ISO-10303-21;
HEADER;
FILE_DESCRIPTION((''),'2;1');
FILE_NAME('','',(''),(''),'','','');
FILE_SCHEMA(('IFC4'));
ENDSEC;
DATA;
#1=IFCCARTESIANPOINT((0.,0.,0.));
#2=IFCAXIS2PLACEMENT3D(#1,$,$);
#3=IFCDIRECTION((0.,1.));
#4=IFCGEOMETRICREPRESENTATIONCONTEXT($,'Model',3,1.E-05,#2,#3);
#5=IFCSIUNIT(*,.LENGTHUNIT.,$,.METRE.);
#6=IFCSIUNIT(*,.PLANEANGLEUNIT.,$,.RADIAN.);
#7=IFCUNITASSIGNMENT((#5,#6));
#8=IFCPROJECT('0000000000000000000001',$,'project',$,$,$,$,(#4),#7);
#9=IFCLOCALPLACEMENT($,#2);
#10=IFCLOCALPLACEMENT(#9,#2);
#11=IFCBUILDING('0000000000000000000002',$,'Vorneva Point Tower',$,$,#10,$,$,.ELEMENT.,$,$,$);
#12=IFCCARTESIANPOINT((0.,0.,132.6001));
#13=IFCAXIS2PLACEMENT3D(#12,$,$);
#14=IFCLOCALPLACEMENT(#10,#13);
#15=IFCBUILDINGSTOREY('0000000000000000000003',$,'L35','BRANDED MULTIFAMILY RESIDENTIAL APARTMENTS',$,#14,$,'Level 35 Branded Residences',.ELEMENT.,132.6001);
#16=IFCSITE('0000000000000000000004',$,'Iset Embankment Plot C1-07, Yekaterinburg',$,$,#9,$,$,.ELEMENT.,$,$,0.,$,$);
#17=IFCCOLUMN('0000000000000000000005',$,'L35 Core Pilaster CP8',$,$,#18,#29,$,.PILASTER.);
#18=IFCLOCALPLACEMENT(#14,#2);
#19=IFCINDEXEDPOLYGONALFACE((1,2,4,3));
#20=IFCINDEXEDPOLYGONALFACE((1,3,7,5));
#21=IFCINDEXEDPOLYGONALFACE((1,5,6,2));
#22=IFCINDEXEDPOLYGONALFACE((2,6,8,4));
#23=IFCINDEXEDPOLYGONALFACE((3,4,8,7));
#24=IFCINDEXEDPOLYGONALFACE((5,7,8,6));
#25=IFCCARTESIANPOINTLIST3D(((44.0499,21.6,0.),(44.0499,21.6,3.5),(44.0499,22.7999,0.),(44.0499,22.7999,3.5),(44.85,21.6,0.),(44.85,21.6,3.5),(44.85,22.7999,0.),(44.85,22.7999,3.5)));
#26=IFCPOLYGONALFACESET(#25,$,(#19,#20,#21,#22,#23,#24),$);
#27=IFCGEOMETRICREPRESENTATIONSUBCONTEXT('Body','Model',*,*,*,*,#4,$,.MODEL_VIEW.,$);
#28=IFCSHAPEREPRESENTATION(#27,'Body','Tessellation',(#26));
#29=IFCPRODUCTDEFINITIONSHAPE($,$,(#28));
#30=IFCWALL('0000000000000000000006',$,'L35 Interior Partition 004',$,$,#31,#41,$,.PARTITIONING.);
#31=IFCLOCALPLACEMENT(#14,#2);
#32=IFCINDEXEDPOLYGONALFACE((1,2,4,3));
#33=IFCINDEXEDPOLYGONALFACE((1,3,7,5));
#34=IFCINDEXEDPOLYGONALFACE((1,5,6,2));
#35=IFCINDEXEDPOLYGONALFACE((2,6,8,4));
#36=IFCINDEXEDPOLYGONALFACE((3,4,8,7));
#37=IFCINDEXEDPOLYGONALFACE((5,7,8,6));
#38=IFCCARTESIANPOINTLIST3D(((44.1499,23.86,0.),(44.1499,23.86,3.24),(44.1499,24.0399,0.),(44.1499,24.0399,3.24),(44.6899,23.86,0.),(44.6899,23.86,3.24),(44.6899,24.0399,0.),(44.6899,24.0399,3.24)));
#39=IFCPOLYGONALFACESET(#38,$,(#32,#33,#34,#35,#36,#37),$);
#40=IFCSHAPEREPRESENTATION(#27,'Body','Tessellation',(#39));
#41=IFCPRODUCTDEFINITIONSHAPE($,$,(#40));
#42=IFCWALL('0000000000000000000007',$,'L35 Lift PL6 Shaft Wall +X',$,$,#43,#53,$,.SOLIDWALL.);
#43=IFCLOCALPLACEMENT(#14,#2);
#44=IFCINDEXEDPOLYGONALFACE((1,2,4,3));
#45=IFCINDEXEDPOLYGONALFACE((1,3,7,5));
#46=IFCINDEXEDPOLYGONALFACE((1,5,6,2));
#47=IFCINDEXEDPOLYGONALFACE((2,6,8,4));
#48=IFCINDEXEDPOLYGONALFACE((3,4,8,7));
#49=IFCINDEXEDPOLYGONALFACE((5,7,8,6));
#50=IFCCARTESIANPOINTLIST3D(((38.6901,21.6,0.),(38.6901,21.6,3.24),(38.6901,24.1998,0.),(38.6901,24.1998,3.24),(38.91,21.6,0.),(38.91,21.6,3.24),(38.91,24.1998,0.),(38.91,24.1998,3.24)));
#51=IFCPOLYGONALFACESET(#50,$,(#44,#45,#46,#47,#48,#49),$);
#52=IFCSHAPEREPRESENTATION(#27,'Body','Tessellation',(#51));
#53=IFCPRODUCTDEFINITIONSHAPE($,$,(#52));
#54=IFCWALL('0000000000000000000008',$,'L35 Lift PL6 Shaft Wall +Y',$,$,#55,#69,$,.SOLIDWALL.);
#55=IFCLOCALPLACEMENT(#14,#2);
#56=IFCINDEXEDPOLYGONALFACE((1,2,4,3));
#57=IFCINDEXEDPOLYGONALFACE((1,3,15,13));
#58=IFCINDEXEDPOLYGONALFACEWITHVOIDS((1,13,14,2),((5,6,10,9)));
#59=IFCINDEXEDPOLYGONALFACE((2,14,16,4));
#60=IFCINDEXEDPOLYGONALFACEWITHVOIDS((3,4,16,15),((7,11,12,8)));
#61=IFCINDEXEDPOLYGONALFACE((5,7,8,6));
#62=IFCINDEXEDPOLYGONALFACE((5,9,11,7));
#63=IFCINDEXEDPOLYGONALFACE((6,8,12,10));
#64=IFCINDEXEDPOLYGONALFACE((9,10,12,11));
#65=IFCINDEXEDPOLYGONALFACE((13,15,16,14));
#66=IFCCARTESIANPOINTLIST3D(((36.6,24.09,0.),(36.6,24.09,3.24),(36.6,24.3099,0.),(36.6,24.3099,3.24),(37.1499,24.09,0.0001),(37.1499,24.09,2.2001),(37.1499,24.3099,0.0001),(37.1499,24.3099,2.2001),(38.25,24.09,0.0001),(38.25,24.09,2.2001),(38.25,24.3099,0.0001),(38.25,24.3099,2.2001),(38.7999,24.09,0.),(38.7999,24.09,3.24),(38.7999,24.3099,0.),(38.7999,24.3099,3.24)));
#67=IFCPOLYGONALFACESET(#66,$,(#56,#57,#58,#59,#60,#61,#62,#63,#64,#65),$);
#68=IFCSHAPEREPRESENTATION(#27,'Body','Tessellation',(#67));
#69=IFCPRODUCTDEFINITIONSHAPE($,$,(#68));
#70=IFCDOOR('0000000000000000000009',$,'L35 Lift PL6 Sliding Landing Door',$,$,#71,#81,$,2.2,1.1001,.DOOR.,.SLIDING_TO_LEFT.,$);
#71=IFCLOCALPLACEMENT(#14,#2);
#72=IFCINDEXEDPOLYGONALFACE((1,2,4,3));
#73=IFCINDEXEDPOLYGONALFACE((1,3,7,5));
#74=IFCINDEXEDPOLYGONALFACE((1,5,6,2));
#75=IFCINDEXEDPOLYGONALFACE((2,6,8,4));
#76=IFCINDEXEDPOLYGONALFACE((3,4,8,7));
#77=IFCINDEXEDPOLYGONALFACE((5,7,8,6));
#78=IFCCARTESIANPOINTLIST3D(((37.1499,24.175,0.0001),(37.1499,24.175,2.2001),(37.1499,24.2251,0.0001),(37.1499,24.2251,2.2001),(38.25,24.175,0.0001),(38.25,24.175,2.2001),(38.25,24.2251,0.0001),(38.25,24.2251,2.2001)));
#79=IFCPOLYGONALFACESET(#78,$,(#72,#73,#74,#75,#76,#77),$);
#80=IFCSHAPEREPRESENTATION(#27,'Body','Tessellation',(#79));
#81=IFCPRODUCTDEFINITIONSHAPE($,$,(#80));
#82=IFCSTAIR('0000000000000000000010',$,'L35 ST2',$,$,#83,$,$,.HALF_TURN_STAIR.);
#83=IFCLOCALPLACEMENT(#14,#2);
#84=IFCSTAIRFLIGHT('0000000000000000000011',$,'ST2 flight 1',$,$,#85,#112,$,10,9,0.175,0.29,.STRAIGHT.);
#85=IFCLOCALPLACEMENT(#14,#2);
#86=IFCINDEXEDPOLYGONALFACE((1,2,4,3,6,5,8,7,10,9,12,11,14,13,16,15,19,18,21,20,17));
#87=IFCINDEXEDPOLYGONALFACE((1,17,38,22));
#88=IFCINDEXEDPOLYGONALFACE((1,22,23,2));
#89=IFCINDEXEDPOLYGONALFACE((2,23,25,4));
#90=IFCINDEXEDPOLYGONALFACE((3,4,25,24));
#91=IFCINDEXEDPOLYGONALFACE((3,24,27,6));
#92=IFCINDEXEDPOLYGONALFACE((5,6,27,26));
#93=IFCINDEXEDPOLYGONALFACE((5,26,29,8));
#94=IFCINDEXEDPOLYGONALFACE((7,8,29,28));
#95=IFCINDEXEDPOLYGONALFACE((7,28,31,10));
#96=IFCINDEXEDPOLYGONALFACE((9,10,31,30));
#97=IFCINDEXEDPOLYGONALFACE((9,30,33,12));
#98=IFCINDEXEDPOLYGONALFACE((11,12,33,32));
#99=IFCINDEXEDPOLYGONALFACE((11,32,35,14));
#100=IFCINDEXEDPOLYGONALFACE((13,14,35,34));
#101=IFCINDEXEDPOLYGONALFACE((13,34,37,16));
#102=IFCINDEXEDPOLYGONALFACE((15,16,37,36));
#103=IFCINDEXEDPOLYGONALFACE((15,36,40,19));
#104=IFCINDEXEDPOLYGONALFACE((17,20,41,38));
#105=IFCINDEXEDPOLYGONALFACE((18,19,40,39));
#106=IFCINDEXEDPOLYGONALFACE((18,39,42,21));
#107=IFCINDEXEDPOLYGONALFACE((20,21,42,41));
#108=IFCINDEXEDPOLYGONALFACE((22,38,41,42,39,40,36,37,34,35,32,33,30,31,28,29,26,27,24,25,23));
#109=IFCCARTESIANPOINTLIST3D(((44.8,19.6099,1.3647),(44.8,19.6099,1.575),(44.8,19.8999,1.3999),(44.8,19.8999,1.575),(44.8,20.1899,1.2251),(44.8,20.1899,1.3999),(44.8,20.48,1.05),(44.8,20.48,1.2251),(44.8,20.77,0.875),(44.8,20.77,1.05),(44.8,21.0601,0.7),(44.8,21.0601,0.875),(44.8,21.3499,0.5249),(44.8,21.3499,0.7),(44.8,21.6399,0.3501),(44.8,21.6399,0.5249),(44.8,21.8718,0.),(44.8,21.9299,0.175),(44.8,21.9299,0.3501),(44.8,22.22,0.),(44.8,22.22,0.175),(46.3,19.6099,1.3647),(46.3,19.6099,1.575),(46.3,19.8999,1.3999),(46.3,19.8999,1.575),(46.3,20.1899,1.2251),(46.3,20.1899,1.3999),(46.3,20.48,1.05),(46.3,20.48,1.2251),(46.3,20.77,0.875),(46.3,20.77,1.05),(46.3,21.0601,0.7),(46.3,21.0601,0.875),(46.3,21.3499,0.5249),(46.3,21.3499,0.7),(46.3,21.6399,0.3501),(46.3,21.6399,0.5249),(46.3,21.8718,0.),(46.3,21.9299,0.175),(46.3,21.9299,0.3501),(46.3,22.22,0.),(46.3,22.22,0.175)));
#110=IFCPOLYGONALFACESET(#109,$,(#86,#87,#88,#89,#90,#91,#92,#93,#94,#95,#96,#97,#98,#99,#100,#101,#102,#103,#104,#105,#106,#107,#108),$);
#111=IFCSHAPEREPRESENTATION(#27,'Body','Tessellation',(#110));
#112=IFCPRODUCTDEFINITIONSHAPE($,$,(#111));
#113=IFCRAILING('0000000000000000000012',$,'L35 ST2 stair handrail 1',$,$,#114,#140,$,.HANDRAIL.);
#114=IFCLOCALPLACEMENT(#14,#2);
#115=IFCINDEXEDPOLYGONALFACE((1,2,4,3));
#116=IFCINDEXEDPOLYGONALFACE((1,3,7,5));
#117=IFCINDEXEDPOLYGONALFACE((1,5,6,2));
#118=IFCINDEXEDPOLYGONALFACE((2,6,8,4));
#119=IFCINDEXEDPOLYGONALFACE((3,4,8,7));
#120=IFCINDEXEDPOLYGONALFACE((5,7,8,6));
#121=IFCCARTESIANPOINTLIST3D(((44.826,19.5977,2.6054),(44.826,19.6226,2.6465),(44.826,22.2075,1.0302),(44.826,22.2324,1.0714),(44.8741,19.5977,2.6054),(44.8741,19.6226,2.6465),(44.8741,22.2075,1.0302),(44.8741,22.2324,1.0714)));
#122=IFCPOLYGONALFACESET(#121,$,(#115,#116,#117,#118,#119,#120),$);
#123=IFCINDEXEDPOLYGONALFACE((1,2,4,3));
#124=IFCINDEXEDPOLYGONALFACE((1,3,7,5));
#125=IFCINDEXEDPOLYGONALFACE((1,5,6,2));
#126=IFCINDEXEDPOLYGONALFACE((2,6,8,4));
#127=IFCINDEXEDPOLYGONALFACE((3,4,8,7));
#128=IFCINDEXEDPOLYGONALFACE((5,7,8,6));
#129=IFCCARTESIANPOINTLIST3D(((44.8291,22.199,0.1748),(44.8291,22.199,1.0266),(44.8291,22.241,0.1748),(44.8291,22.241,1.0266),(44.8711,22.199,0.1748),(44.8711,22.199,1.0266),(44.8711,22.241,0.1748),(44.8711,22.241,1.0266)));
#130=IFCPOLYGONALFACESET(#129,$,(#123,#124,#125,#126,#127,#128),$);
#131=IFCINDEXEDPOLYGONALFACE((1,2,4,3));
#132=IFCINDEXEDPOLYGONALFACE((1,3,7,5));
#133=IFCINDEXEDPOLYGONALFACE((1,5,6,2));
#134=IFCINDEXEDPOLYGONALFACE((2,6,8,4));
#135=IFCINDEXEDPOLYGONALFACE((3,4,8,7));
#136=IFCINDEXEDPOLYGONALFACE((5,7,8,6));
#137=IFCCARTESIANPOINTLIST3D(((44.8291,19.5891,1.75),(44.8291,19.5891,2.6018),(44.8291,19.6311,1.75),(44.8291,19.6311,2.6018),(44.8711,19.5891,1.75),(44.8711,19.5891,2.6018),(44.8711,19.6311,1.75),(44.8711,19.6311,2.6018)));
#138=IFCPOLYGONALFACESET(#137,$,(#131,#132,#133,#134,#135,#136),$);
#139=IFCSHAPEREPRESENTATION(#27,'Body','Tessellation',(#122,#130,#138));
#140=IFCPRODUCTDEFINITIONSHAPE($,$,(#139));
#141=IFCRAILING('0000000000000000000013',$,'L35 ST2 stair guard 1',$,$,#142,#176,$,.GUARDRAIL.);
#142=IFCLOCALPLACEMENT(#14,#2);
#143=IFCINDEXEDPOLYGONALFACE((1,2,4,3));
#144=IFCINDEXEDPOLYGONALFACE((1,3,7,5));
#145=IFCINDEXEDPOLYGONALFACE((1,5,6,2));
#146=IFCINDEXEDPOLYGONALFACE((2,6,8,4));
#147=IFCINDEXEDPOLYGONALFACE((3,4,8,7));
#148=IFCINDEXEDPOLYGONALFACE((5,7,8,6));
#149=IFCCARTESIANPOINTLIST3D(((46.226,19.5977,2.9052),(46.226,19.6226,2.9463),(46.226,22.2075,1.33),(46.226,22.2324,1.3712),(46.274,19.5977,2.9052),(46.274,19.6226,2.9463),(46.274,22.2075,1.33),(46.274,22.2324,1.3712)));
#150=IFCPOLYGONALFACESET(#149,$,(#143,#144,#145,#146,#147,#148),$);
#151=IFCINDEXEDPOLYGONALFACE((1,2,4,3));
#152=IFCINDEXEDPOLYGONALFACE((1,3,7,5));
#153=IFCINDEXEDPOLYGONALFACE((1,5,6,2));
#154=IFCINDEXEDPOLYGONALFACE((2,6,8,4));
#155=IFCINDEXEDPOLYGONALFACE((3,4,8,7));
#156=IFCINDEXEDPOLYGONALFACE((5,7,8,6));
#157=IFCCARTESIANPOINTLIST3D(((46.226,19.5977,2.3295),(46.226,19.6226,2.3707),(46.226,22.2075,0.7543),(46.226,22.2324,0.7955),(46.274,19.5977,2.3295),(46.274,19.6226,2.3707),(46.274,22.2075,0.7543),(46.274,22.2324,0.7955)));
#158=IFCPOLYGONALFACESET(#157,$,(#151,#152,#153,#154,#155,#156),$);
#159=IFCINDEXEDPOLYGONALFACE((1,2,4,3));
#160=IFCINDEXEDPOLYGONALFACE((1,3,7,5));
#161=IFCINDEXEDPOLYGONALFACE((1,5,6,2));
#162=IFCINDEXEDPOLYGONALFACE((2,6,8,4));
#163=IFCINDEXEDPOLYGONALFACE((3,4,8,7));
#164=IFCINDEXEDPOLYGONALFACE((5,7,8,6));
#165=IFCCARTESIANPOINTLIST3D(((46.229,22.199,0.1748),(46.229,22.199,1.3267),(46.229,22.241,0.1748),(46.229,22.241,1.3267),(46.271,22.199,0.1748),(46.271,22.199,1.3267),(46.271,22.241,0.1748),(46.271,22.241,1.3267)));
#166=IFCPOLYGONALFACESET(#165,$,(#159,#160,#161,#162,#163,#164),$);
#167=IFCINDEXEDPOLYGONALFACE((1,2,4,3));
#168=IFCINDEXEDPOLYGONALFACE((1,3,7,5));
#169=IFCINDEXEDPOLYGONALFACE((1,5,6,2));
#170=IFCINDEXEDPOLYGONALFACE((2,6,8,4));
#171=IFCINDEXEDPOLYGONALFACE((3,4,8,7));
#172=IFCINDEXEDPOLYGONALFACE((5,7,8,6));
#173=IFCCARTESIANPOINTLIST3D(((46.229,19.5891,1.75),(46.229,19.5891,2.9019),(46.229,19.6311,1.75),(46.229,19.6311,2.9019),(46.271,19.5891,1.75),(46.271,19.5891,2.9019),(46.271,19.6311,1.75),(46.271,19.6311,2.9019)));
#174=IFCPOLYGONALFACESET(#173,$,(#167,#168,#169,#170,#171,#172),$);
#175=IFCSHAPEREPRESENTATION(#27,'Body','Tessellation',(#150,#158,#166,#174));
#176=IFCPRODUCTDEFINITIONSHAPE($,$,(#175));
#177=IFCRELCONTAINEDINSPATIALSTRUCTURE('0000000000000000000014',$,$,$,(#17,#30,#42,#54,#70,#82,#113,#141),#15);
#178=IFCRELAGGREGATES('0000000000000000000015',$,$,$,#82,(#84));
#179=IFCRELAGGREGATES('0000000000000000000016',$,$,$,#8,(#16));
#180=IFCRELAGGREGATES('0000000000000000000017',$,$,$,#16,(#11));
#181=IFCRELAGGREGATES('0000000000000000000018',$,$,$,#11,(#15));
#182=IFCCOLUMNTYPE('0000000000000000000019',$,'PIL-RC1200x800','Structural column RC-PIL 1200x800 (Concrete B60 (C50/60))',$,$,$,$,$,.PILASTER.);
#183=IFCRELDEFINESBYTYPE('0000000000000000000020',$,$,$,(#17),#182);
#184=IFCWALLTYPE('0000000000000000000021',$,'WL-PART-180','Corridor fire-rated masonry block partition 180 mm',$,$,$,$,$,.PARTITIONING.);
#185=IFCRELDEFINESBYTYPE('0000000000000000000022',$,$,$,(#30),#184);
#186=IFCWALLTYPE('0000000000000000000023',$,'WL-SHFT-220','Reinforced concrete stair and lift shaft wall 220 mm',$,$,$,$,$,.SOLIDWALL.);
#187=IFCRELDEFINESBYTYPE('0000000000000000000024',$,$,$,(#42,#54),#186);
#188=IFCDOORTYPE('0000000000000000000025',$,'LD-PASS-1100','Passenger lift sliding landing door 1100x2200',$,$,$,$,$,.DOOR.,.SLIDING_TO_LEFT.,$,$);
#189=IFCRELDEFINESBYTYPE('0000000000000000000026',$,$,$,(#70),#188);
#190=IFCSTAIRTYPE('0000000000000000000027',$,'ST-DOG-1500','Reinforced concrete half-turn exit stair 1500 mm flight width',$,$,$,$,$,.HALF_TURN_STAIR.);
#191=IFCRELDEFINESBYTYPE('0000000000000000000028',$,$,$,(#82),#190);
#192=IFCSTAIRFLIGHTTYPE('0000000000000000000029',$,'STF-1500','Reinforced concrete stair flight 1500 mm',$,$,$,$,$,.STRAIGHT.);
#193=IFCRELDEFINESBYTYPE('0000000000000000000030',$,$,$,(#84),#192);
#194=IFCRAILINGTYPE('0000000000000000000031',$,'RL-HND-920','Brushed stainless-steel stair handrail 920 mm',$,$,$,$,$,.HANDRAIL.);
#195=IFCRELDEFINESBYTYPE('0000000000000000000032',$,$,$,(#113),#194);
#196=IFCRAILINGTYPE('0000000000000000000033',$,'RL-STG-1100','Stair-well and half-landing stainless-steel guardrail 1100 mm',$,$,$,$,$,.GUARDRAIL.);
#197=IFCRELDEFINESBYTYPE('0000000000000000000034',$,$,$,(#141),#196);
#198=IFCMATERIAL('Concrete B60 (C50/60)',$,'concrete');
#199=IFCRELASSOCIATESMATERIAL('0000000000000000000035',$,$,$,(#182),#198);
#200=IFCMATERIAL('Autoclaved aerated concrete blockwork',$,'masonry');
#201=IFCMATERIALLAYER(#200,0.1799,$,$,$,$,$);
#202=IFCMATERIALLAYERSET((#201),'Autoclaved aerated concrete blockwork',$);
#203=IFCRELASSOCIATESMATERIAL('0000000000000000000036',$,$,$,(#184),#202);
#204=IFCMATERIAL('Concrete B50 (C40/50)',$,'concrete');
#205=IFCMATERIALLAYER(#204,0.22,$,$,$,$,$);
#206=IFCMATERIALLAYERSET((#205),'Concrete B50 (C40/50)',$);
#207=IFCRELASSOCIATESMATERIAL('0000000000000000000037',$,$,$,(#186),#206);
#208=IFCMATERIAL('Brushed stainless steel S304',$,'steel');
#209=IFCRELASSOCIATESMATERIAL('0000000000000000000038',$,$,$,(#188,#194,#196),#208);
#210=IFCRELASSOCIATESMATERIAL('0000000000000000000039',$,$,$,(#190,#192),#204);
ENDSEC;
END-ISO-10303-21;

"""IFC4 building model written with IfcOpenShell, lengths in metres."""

from ifc_helpers import new_model, si_unit, direction, frame, frame_2d, origin, origin_2d, place, context, subcontext, project, spatial, polyline, rectangle, outline, extrude, material, layer, layer_set, material_profile, profile_set, type_object, element, fill, aggregate, save


model = new_model("IFC4")

# Units and contexts
model_context = context("Model", 3, precision=1e-05, world=origin(), true_north=direction((0.0, 1.0)))
body_context = subcontext(model_context, "Body", "Model", "MODEL_VIEW")
ifc_project = project(units=[si_unit("LENGTHUNIT", "METRE"), si_unit("PLANEANGLEUNIT", "RADIAN")], contexts=[model_context])

# Site, building, storey
site_placement = place(None, origin())
site = spatial("IfcSite", under=ifc_project, at=site_placement, Name="Iset Embankment Plot C1-07, Yekaterinburg", CompositionType="ELEMENT", RefElevation=0.0)
building_placement = place(site_placement, origin())
building = spatial("IfcBuilding", under=site, at=building_placement, Name="Vorneva Point Tower", CompositionType="ELEMENT")
storey_placement = place(building_placement, frame((0.0, 0.0, 132.6001)))
storey = spatial("IfcBuildingStorey", under=building, at=storey_placement, Name="L35", Description="BRANDED MULTIFAMILY RESIDENTIAL APARTMENTS", LongName="Level 35 Branded Residences", CompositionType="ELEMENT", Elevation=132.6001)

# Column
ifc_material_1 = material(Name="Concrete B60 (C50/60)", Category="concrete")
ifc_material_profile = material_profile(ifc_material_1, rectangle(XDim=0.8, YDim=1.2, at=origin_2d()), Name="RC-PIL 1200x800")
ifc_profile_set = profile_set([ifc_material_profile], Name="Concrete B60 (C50/60)")
column_type = type_object("IfcColumnType", Name="PIL-RC1200x800", Description="Structural column RC-PIL 1200x800 (Concrete B60 (C50/60))", PredefinedType="PILASTER", material=ifc_profile_set)
column_placement = place(storey_placement, frame((44.45, 22.2, 0.0), z_axis=(0.0, 0.0, 1.0), x_axis=(1.0, 0.0, 0.0)))
element("IfcColumn", 1, at=column_placement, inside=storey, type_object=column_type, Name="L35 Core Pilaster CP8", PredefinedType="PILASTER", context=body_context, shape_type="SweptSolid", body=[
    extrude(rectangle(XDim=0.8, YDim=1.2, at=origin_2d()), origin(), (0.0, 0.0, 1.0), 3.5),
])

# Wall
ifc_material_2 = material(Name="Autoclaved aerated concrete blockwork", Category="masonry")
ifc_layer_1 = layer(ifc_material_2, 0.1799)
ifc_layer_set_1 = layer_set([ifc_layer_1], Name="Autoclaved aerated concrete blockwork")
wall_type_1 = type_object("IfcWallType", Name="WL-PART-180", Description="Corridor fire-rated masonry block partition 180 mm", PredefinedType="PARTITIONING", material=ifc_layer_set_1)
wall_1_placement = place(storey_placement, frame((44.1499, 23.95, 0.0), z_axis=(0.0, 0.0, 1.0), x_axis=(1.0, 0.0, 0.0)))
element("IfcWall", 2, at=wall_1_placement, inside=storey, type_object=wall_type_1, Name="L35 Interior Partition 004", PredefinedType="PARTITIONING", context=body_context, shape_type="SweptSolid", body=[
    extrude(rectangle(XDim=0.54, YDim=0.1799, at=frame_2d((0.27, 0.0))), origin(), (0.0, 0.0, 1.0), 3.24),
])

# Shared definitions
ifc_material_3 = material(Name="Concrete B50 (C40/50)", Category="concrete")
ifc_layer_2 = layer(ifc_material_3, 0.22)
ifc_layer_set_2 = layer_set([ifc_layer_2], Name="Concrete B50 (C40/50)")
wall_type_2 = type_object("IfcWallType", Name="WL-SHFT-220", Description="Reinforced concrete stair and lift shaft wall 220 mm", PredefinedType="SOLIDWALL", material=ifc_layer_set_2)

# Wall
wall_2_placement = place(storey_placement, frame((38.8, 21.6001, 0.0), z_axis=(0.0, 0.0, 1.0), x_axis=(0.0, 1.0, 0.0)))
element("IfcWall", 3, at=wall_2_placement, inside=storey, type_object=wall_type_2, Name="L35 Lift PL6 Shaft Wall +X", PredefinedType="SOLIDWALL", context=body_context, shape_type="SweptSolid", body=[
    extrude(rectangle(XDim=2.5999, YDim=0.22, at=frame_2d((1.2998, 0.0))), origin(), (0.0, 0.0, 1.0), 3.24),
])

# Wall, opening, door
wall_3_placement = place(storey_placement, frame((38.8, 24.2, 0.0), z_axis=(0.0, 0.0, 1.0), x_axis=(-1.0, 0.0, 0.0)))
wall_3 = element("IfcWall", 4, at=wall_3_placement, inside=storey, type_object=wall_type_2, Name="L35 Lift PL6 Shaft Wall +Y", PredefinedType="SOLIDWALL", context=body_context, shape_type="SweptSolid", body=[
    extrude(rectangle(XDim=2.2, YDim=0.22, at=frame_2d((1.1001, 0.0))), origin(), (0.0, 0.0, 1.0), 3.24),
])
opening_1_placement = place(wall_3_placement, frame((0.55, 0.0, 0.0)))
opening_1 = element("IfcOpeningElement", 5, at=opening_1_placement, cuts=wall_3, PredefinedType="OPENING", context=body_context, shape_type="SweptSolid", body=[
    extrude(rectangle(XDim=1.1001, YDim=2.2, at=frame_2d((0.55, 1.1001))), frame((0.0, 0.125, 0.0), z_axis=(0.0, -1.0, 0.0), x_axis=(1.0, 0.0, 0.0)), (0.0, 0.0, 1.0), 0.2498),
])
ifc_material_4 = material(Name="Brushed stainless steel S304", Category="steel")
door_type_1 = type_object("IfcDoorType", Name="LD-PASS-1100", Description="Passenger lift sliding landing door 1100x2200", OperationType="SLIDING_TO_LEFT", PredefinedType="DOOR", material=ifc_material_4)
door_1_placement = place(opening_1_placement, origin())
door_1 = element("IfcDoor", 6, at=door_1_placement, inside=storey, type_object=door_type_1, Name="L35 Lift PL6 Sliding Landing Door", OperationType="SLIDING_TO_LEFT", OverallHeight=2.2, OverallWidth=1.1001, PredefinedType="DOOR", context=body_context, shape_type="SweptSolid", body=[
    extrude(rectangle(XDim=1.1001, YDim=2.2, at=frame_2d((0.55, 1.1001))), frame((0.0, 0.0249, 0.0), z_axis=(0.0, -1.0, 0.0), x_axis=(1.0, 0.0, 0.0)), (0.0, 0.0, 1.0), 0.05),
])
fill(opening_1, door_1)

# Stair, stair flight
stair_type = type_object("IfcStairType", Name="ST-DOG-1500", Description="Reinforced concrete half-turn exit stair 1500 mm flight width", PredefinedType="HALF_TURN_STAIR", material=ifc_material_3)
stair_placement = place(storey_placement, origin())
stair = element("IfcStair", 7, at=stair_placement, inside=storey, type_object=stair_type, Name="L35 ST2", PredefinedType="HALF_TURN_STAIR")
stair_flight_type = type_object("IfcStairFlightType", Name="STF-1500", Description="Reinforced concrete stair flight 1500 mm", PredefinedType="STRAIGHT", material=ifc_material_3)
stair_flight_placement = place(storey_placement, frame((45.55, 22.22, 0.0), z_axis=(0.0, 0.0, 1.0), x_axis=(0.0, -1.0, 0.0)))
stair_flight = element("IfcStairFlight", 8, at=stair_flight_placement, type_object=stair_flight_type, Name="ST2 flight 1", NumberOfRisers=10, NumberOfTreads=9, PredefinedType="STRAIGHT", RiserHeight=0.175, TreadLength=0.29, context=body_context, shape_type="SweptSolid", body=[
    extrude(outline(polyline([(0.0, 0.0), (0.0, 0.175), (0.29, 0.175), (0.29, 0.3501), (0.5801, 0.3501), (0.5801, 0.5249), (0.8701, 0.5249), (0.8701, 0.7), (1.1599, 0.7), (1.1599, 0.875), (1.45, 0.875), (1.45, 1.05), (1.74, 1.05), (1.74, 1.2251), (2.03, 1.2251), (2.03, 1.3999), (2.3201, 1.3999), (2.3201, 1.575), (2.6101, 1.575), (2.6101, 1.75), (2.6101, 1.3647), (0.3481, 0.0), (0.0, 0.0)])), frame((0.0, 0.75, 0.0), z_axis=(0.0, -1.0, 0.0), x_axis=(1.0, 0.0, 0.0)), (0.0, 0.0, 1.0), 1.5),
])
aggregate(stair, [stair_flight])

# Railings
railing_type_1 = type_object("IfcRailingType", Name="RL-HND-920", Description="Brushed stainless-steel stair handrail 920 mm", PredefinedType="HANDRAIL", material=ifc_material_4)
railing_1_placement = place(storey_placement, frame((44.8501, 22.22, 0.1748)))
element("IfcRailing", 9, at=railing_1_placement, inside=storey, type_object=railing_type_1, Name="L35 ST2 stair handrail 1", PredefinedType="HANDRAIL", context=body_context, shape_type="SweptSolid", body=[
    extrude(rectangle(XDim=0.0481, YDim=0.0481, at=origin_2d()), frame((0.0, 0.0, 0.876), z_axis=(0.0, -0.856147, 0.516732), x_axis=(1.0, 0.0, 0.0)), (0.0, 0.0, 1.0), 3.0483),
    extrude(rectangle(XDim=0.042, YDim=0.042, at=origin_2d()), origin(), (0.0, 0.0, 1.0), 0.8518),
    extrude(rectangle(XDim=0.042, YDim=0.042, at=origin_2d()), frame((0.0, -2.6099, 1.5752)), (0.0, 0.0, 1.0), 0.8518),
])
railing_type_2 = type_object("IfcRailingType", Name="RL-STG-1100", Description="Stair-well and half-landing stainless-steel guardrail 1100 mm", PredefinedType="GUARDRAIL", material=ifc_material_4)
railing_2_placement = place(storey_placement, frame((46.25, 22.22, 0.1748)))
element("IfcRailing", 10, at=railing_2_placement, inside=storey, type_object=railing_type_2, Name="L35 ST2 stair guard 1", PredefinedType="GUARDRAIL", context=body_context, shape_type="SweptSolid", body=[
    extrude(rectangle(XDim=0.0481, YDim=0.0481, at=origin_2d()), frame((0.0, 0.0, 1.1758), z_axis=(0.0, -0.856147, 0.516732), x_axis=(1.0, 0.0, 0.0)), (0.0, 0.0, 1.0), 3.0483),
    extrude(rectangle(XDim=0.0481, YDim=0.0481, at=origin_2d()), frame((0.0, 0.0, 0.6001), z_axis=(0.0, -0.856147, 0.516732), x_axis=(1.0, 0.0, 0.0)), (0.0, 0.0, 1.0), 3.0483),
    extrude(rectangle(XDim=0.042, YDim=0.042, at=origin_2d()), origin(), (0.0, 0.0, 1.0), 1.1519),
    extrude(rectangle(XDim=0.042, YDim=0.042, at=origin_2d()), frame((0.0, -2.6099, 1.5752)), (0.0, 0.0, 1.0), 1.1519),
])

save(model, "model.ifc")
